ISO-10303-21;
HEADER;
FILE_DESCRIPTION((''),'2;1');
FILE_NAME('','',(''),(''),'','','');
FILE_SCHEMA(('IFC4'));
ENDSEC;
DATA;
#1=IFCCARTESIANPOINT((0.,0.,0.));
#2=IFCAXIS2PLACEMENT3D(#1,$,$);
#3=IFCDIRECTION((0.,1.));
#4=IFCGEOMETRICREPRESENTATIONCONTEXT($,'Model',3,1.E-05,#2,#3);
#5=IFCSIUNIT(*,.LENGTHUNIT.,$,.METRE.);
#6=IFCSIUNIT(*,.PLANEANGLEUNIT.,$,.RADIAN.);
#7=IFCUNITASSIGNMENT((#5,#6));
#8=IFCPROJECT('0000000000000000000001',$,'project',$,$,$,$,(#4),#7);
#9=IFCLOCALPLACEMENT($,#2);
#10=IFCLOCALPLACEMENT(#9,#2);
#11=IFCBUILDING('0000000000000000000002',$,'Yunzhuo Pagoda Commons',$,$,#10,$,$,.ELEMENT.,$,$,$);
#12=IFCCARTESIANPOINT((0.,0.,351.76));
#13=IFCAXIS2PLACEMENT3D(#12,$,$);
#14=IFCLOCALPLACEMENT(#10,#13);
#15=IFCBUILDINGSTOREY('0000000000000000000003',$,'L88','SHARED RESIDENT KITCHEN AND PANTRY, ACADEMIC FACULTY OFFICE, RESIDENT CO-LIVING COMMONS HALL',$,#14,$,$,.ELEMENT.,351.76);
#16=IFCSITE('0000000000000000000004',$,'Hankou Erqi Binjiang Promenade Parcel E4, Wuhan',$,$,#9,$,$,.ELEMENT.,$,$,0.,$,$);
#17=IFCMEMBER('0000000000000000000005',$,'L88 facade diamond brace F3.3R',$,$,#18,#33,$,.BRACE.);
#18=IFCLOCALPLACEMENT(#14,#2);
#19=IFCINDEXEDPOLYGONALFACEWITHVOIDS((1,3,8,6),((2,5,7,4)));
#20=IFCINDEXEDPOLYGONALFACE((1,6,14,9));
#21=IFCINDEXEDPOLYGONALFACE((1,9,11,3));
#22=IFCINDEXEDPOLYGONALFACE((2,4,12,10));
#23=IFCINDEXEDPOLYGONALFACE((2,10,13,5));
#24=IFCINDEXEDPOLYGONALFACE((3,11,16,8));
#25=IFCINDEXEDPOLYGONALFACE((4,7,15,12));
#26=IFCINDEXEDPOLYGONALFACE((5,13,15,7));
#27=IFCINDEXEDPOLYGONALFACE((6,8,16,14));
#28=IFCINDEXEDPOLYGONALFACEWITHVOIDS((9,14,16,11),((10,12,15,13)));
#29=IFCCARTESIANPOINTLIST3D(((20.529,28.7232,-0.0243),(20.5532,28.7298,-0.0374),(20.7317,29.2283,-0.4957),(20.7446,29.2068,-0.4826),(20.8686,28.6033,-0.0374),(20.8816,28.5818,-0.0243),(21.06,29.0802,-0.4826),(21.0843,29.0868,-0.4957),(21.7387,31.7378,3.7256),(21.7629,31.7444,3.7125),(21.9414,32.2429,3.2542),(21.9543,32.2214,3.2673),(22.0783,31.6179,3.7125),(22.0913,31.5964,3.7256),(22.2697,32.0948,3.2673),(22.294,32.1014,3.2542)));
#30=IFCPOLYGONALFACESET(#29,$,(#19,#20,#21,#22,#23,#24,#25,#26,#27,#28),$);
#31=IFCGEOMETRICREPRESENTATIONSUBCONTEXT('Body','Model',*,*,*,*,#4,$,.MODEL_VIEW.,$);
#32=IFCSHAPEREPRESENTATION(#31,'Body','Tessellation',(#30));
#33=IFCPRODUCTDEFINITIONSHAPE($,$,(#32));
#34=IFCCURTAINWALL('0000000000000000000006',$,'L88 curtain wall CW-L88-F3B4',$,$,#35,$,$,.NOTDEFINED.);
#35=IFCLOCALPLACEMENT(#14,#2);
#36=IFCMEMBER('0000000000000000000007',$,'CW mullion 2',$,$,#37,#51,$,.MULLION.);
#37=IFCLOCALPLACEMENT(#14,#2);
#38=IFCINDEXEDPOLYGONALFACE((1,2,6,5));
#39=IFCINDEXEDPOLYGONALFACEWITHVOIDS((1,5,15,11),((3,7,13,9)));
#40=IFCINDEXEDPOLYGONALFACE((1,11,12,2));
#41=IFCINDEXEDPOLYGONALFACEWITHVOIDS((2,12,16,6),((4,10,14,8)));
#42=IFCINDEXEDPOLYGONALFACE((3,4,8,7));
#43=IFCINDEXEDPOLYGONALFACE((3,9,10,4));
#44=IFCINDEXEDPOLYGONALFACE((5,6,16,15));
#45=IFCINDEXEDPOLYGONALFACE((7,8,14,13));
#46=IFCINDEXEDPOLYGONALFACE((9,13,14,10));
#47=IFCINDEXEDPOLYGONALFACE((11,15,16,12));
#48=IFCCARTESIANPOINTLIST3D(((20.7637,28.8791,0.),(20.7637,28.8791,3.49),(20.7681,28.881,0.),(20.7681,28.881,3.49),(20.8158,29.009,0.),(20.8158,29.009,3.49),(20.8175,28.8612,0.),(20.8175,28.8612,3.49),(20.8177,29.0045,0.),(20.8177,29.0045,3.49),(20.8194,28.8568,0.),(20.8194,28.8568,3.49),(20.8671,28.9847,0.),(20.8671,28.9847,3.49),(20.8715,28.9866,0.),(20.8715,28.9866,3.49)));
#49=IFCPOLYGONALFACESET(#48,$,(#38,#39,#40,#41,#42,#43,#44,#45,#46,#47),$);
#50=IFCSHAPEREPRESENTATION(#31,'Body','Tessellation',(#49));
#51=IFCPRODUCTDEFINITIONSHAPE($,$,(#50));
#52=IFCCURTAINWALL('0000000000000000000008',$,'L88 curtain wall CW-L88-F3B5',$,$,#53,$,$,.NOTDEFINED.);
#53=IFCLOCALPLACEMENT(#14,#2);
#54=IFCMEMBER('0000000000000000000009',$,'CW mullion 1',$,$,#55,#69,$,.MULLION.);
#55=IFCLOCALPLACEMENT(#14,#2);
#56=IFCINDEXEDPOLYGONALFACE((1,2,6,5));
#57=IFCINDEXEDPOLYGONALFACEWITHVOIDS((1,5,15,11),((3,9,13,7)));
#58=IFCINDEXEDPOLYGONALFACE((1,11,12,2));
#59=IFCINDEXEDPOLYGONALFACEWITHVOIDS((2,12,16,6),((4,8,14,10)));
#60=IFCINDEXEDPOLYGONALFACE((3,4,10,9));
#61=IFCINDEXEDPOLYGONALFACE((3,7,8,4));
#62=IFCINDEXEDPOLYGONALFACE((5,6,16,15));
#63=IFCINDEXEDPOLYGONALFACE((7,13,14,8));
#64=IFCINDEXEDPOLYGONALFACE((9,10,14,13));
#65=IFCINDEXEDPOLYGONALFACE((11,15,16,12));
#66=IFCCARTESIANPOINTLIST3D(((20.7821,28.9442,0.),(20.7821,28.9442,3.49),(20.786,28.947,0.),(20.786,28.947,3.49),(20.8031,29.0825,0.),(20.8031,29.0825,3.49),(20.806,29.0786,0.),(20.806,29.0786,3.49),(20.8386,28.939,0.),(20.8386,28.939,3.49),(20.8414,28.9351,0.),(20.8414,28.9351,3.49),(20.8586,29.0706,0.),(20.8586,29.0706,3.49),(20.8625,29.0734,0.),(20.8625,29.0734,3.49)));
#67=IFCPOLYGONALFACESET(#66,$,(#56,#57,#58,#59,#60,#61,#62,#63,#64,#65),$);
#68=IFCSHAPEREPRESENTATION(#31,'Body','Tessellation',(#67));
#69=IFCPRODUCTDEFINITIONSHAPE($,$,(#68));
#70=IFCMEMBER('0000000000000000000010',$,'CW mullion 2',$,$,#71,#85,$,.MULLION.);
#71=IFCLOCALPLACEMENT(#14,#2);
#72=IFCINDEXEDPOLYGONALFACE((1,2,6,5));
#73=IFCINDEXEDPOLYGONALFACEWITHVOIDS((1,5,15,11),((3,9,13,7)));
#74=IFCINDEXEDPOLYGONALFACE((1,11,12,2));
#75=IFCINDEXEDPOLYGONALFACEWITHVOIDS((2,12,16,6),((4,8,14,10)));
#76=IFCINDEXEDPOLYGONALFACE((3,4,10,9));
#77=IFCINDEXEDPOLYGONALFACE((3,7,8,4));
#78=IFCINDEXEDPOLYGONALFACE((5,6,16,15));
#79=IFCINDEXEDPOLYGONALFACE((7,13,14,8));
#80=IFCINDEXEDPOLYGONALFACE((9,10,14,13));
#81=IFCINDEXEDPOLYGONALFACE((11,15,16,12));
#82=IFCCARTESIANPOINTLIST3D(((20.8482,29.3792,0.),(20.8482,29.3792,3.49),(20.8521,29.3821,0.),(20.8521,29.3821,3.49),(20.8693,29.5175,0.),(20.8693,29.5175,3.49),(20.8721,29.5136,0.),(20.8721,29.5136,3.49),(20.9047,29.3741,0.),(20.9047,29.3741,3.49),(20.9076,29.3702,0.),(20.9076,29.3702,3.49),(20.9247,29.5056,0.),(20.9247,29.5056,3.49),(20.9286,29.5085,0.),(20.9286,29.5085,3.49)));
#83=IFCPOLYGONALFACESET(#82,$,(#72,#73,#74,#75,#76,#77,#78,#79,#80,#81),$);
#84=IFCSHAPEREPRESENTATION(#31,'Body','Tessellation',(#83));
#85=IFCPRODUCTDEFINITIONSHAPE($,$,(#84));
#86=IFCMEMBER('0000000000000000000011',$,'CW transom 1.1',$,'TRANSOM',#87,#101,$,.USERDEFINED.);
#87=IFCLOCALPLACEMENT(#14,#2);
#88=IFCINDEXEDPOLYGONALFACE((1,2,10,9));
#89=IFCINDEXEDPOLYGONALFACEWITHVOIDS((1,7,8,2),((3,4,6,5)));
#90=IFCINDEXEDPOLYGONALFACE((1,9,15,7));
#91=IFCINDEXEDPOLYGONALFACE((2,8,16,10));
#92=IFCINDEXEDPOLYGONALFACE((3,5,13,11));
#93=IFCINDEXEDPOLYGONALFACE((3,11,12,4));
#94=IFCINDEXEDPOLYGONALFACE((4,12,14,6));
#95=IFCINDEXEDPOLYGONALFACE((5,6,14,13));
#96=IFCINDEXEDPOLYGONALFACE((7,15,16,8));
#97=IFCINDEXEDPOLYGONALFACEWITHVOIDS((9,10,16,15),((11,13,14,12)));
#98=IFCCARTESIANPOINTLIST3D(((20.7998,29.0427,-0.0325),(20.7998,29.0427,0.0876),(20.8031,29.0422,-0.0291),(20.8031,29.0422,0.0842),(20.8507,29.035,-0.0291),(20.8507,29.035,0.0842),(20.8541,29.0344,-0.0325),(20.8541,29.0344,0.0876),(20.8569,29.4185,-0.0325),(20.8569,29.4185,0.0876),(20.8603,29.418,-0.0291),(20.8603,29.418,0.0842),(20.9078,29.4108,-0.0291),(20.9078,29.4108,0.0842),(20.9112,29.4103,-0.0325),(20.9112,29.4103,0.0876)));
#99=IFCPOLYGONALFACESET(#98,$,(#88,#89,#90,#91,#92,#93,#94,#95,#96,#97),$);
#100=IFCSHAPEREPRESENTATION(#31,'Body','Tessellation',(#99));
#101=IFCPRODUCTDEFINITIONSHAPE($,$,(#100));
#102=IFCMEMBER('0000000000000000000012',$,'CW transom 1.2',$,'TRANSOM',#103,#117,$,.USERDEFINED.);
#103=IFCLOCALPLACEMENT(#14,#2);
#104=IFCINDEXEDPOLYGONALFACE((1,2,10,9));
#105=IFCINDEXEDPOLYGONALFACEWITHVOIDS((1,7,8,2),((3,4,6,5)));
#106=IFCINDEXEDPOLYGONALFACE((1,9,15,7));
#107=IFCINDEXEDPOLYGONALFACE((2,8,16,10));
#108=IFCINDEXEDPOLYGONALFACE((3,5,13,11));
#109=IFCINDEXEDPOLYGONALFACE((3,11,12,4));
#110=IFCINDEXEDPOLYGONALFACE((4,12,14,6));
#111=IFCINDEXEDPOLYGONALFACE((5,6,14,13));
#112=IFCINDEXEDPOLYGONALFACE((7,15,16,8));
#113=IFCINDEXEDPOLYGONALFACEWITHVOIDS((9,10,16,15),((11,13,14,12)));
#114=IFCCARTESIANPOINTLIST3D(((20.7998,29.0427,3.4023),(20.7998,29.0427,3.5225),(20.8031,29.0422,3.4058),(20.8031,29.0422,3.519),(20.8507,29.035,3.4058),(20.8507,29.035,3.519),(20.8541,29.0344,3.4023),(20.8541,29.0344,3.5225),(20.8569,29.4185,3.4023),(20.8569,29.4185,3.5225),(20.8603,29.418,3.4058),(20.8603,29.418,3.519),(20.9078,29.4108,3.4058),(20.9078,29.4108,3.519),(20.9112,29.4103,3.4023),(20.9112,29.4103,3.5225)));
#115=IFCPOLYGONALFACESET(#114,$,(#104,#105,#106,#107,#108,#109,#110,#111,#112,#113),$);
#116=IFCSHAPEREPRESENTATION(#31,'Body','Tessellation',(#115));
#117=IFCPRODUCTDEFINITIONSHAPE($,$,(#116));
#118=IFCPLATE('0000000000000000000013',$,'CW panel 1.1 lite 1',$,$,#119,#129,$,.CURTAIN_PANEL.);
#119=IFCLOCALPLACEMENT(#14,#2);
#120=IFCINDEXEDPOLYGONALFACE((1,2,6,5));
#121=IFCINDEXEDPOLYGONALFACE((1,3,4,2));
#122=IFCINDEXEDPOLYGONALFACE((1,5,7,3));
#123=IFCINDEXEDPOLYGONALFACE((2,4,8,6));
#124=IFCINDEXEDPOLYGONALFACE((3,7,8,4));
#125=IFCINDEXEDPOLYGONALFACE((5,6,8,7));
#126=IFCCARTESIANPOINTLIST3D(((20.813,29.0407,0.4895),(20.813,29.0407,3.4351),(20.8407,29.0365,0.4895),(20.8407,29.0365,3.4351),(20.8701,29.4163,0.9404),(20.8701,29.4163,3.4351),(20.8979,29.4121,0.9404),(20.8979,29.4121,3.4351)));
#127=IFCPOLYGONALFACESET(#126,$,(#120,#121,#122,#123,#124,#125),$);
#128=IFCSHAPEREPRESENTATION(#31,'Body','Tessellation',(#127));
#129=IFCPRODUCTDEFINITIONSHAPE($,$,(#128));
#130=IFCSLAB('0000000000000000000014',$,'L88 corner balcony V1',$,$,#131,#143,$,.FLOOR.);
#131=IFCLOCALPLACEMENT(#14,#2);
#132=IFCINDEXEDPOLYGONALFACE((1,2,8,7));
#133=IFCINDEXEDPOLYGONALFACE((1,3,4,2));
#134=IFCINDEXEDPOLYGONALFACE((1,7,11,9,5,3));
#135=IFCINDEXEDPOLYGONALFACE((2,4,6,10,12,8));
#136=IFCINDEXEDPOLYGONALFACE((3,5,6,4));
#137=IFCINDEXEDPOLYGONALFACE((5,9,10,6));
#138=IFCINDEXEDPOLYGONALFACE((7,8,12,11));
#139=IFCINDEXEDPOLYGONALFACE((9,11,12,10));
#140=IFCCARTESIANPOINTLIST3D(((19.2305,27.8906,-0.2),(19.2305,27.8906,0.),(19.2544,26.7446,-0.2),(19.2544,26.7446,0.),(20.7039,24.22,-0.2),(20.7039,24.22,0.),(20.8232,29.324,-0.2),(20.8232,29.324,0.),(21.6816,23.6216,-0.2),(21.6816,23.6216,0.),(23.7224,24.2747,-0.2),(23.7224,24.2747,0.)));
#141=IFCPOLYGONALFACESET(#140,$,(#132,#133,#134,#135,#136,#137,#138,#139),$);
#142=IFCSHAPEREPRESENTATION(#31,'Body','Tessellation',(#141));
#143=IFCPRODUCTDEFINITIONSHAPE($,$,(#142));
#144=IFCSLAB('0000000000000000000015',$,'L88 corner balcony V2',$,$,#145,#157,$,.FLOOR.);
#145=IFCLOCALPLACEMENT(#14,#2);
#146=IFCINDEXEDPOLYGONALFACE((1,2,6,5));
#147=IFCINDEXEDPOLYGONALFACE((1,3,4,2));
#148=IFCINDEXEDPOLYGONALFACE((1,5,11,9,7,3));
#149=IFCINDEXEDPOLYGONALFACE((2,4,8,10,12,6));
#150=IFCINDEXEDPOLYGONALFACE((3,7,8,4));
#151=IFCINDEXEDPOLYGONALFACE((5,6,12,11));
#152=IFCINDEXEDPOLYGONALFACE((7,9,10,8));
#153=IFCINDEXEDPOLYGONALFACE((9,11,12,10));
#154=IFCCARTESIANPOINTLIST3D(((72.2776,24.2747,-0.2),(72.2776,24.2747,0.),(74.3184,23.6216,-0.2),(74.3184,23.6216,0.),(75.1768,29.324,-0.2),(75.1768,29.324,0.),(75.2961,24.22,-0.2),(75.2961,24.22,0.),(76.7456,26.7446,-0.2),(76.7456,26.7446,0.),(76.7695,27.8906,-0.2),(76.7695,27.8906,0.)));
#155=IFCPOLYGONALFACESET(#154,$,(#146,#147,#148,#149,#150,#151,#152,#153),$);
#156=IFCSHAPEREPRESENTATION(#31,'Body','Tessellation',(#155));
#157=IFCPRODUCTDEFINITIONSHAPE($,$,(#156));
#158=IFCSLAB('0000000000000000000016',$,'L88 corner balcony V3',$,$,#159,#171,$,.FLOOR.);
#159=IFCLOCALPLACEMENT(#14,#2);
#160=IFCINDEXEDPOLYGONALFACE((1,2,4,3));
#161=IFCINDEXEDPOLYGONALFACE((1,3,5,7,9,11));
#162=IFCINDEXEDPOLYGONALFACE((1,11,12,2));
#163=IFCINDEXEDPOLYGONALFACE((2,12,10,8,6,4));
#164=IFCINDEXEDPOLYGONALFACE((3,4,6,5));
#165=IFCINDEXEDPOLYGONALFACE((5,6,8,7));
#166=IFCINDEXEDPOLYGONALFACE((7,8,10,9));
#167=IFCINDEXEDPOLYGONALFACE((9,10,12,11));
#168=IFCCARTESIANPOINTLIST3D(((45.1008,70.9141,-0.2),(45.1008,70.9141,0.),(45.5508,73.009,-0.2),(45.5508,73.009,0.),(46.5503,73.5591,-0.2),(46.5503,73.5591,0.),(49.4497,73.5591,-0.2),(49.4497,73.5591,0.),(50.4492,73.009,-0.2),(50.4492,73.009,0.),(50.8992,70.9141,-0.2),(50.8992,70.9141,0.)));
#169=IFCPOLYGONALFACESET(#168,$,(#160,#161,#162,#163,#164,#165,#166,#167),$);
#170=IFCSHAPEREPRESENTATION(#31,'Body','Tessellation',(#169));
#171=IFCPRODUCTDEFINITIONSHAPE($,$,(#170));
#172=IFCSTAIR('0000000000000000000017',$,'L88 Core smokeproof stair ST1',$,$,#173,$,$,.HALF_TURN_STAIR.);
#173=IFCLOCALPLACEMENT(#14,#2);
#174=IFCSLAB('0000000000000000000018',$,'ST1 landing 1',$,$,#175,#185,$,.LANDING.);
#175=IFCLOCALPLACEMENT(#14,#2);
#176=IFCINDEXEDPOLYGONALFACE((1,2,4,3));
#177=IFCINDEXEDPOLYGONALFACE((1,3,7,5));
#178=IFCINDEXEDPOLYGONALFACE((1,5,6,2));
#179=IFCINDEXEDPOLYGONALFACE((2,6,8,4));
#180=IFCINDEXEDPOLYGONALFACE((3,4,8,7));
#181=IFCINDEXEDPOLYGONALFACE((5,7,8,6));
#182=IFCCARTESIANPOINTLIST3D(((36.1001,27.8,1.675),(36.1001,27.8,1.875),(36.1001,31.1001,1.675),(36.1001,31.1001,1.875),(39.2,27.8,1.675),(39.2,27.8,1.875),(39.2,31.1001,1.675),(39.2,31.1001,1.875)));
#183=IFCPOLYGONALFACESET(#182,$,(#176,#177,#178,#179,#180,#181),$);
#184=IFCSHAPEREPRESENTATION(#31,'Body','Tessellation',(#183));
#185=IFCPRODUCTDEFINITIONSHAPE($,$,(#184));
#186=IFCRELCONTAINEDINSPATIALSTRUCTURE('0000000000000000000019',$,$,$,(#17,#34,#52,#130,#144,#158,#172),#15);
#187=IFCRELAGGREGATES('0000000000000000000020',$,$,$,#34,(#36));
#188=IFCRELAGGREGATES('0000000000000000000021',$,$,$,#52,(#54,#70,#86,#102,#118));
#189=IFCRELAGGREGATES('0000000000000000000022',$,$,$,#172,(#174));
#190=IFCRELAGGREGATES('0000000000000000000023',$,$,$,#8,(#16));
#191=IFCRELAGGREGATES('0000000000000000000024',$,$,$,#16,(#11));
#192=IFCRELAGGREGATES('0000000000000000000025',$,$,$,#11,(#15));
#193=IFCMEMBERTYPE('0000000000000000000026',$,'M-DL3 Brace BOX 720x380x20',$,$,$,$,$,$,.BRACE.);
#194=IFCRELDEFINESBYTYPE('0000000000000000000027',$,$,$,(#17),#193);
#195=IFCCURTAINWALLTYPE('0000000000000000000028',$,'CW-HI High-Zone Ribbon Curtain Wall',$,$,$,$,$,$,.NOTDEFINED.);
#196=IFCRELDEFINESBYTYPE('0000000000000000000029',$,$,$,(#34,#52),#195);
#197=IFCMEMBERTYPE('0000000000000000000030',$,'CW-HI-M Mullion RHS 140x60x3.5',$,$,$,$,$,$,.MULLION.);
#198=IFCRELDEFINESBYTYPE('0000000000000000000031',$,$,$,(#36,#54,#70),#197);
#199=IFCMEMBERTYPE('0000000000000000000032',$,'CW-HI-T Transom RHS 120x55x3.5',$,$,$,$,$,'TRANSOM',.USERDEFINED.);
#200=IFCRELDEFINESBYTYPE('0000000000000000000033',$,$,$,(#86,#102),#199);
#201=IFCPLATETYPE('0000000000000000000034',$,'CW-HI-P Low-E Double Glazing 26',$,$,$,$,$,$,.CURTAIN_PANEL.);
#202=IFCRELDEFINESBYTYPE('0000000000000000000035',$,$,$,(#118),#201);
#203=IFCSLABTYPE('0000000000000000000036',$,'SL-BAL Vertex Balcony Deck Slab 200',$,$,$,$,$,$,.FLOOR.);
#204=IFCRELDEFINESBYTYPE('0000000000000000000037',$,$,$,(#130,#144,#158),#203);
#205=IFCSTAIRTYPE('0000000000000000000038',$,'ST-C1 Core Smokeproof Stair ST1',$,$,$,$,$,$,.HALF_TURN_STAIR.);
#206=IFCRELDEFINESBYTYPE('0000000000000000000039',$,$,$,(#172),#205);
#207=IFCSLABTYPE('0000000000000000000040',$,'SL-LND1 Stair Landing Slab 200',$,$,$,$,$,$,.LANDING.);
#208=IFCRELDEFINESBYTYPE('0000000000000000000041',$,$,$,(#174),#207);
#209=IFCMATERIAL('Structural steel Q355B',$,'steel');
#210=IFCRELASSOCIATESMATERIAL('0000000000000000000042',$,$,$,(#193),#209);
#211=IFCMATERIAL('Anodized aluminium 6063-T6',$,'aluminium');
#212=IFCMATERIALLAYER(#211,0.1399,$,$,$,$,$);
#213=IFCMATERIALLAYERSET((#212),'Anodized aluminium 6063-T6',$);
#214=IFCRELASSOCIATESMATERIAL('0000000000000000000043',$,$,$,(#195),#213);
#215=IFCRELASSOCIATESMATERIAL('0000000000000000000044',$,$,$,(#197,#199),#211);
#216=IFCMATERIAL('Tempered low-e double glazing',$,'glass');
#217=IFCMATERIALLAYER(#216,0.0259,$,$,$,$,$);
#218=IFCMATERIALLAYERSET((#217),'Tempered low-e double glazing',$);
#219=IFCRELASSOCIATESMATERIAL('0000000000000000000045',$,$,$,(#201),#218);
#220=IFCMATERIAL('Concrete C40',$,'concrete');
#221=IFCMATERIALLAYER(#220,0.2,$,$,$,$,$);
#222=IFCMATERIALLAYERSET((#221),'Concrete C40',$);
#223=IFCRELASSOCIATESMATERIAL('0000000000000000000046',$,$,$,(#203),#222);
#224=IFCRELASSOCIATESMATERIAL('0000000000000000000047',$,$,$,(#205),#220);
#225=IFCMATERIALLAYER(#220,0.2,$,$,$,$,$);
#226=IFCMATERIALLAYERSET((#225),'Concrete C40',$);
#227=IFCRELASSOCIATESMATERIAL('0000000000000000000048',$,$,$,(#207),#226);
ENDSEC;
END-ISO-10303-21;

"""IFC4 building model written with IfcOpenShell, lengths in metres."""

from ifc_helpers import new_model, si_unit, direction, frame, origin, origin_2d, place, context, subcontext, project, spatial, polyline, hollow_rectangle, outline, extrude, source, transform, mapped, material, layer, layer_set, material_profile, profile_set, type_object, element, aggregate, save


model = new_model("IFC4")

# Units and contexts
model_context = context("Model", 3, precision=1e-05, world=origin(), true_north=direction((0.0, 1.0)))
body_context = subcontext(model_context, "Body", "Model", "MODEL_VIEW")
ifc_project = project(units=[si_unit("LENGTHUNIT", "METRE"), si_unit("PLANEANGLEUNIT", "RADIAN")], contexts=[model_context])

# Site, building, storey
site_placement = place(None, origin())
site = spatial("IfcSite", under=ifc_project, at=site_placement, Name="Hankou Erqi Binjiang Promenade Parcel E4, Wuhan", CompositionType="ELEMENT", RefElevation=0.0)
building_placement = place(site_placement, origin())
building = spatial("IfcBuilding", under=site, at=building_placement, Name="Yunzhuo Pagoda Commons", CompositionType="ELEMENT")
storey_placement = place(building_placement, frame((0.0, 0.0, 351.76)))
storey = spatial("IfcBuildingStorey", under=building, at=storey_placement, Name="L88", Description="SHARED RESIDENT KITCHEN AND PANTRY, ACADEMIC FACULTY OFFICE, RESIDENT CO-LIVING COMMONS HALL", CompositionType="ELEMENT", Elevation=351.76)

# Member
ifc_material_1 = material(Name="Structural steel Q355B", Category="steel")
ifc_material_profile_1 = material_profile(ifc_material_1, hollow_rectangle(XDim=0.3799, YDim=0.72, WallThickness=0.02, at=origin_2d()), Name="Structural steel Q355B")
ifc_profile_set_1 = profile_set([ifc_material_profile_1], Name="Structural steel Q355B")
member_type_1 = type_object("IfcMemberType", Name="M-DL3 Brace BOX 720x380x20", PredefinedType="BRACE", material=ifc_profile_set_1)
shared_shape_1 = source(origin(), body_context, "Body", "SweptSolid", [
    extrude(hollow_rectangle(XDim=0.3799, YDim=0.72, WallThickness=0.02, at=origin_2d()), origin(), (0.0, 0.0, 1.0), 4.9612),
])
member_1_placement = place(storey_placement, frame((20.8066, 28.905, -0.26), z_axis=(0.243833, 0.607639, 0.755858), x_axis=(-0.928067, 0.372414, 0.0)))
element("IfcMember", 1, at=member_1_placement, inside=storey, type_object=member_type_1, Name="L88 facade diamond brace F3.3R", PredefinedType="BRACE", context=body_context, shape_type="MappedRepresentation", body=[
    mapped(shared_shape_1, transform((0.0, 0.0, 0.0), scale=1.0)),
])

# Curtain wall, member
ifc_material_2 = material(Name="Anodized aluminium 6063-T6", Category="aluminium")
ifc_layer_1 = layer(ifc_material_2, 0.1399)
ifc_layer_set_1 = layer_set([ifc_layer_1], Name="Anodized aluminium 6063-T6")
curtain_wall_type = type_object("IfcCurtainWallType", Name="CW-HI High-Zone Ribbon Curtain Wall", PredefinedType="NOTDEFINED", material=ifc_layer_set_1)
curtain_wall_1_placement = place(storey_placement, origin())
curtain_wall_1 = element("IfcCurtainWall", 2, at=curtain_wall_1_placement, inside=storey, type_object=curtain_wall_type, Name="L88 curtain wall CW-L88-F3B4", PredefinedType="NOTDEFINED")
ifc_material_profile_2 = material_profile(ifc_material_2, hollow_rectangle(XDim=0.0601, YDim=0.1399, WallThickness=0.0034, at=origin_2d()), Name="Anodized aluminium 6063-T6")
ifc_profile_set_2 = profile_set([ifc_material_profile_2], Name="Anodized aluminium 6063-T6")
member_type_2 = type_object("IfcMemberType", Name="CW-HI-M Mullion RHS 140x60x3.5", PredefinedType="MULLION", material=ifc_profile_set_2)
shared_shape_2 = source(origin(), body_context, "Body", "SweptSolid", [
    extrude(hollow_rectangle(XDim=0.0601, YDim=0.1399, WallThickness=0.0034, at=origin_2d()), origin(), (0.0, 0.0, 1.0), 3.49),
])
member_2_placement = place(storey_placement, frame((20.8176, 28.9329, 0.0), z_axis=(0.0, 0.0, 1.0), x_axis=(0.928039, -0.372483, 0.0)))
member_2 = element("IfcMember", 3, at=member_2_placement, type_object=member_type_2, Name="CW mullion 2", PredefinedType="MULLION", context=body_context, shape_type="MappedRepresentation", body=[
    mapped(shared_shape_2, transform((0.0, 0.0, 0.0), scale=1.0)),
])
aggregate(curtain_wall_1, [member_2])

# Curtain wall, members, plate
curtain_wall_2_placement = place(storey_placement, origin())
curtain_wall_2 = element("IfcCurtainWall", 4, at=curtain_wall_2_placement, inside=storey, type_object=curtain_wall_type, Name="L88 curtain wall CW-L88-F3B5", PredefinedType="NOTDEFINED")
member_3_placement = place(storey_placement, frame((20.8223, 29.0088, 0.0), z_axis=(0.0, 0.0, 1.0), x_axis=(-0.988629, 0.150374, 0.0)))
member_3 = element("IfcMember", 5, at=member_3_placement, type_object=member_type_2, Name="CW mullion 1", PredefinedType="MULLION", context=body_context, shape_type="MappedRepresentation", body=[
    mapped(shared_shape_2, transform((0.0, 0.0, 0.0), scale=1.0)),
])
member_4_placement = place(storey_placement, frame((20.8884, 29.4438, 0.0), z_axis=(0.0, 0.0, 1.0), x_axis=(-0.988629, 0.150374, 0.0)))
member_4 = element("IfcMember", 6, at=member_4_placement, type_object=member_type_2, Name="CW mullion 2", PredefinedType="MULLION", context=body_context, shape_type="MappedRepresentation", body=[
    mapped(shared_shape_2, transform((0.0, 0.0, 0.0), scale=1.0)),
])
ifc_material_profile_3 = material_profile(ifc_material_2, hollow_rectangle(XDim=0.0549, YDim=0.1201, WallThickness=0.0034, at=origin_2d()), Name="Anodized aluminium 6063-T6")
ifc_profile_set_3 = profile_set([ifc_material_profile_3], Name="Anodized aluminium 6063-T6")
member_type_3 = type_object("IfcMemberType", Name="CW-HI-T Transom RHS 120x55x3.5", ElementType="TRANSOM", PredefinedType="USERDEFINED", material=ifc_profile_set_3)
shared_shape_3 = source(origin(), body_context, "Body", "SweptSolid", [
    extrude(hollow_rectangle(XDim=0.0549, YDim=0.1201, WallThickness=0.0034, at=origin_2d()), origin(), (0.0, 0.0, 1.0), 0.3801),
])
member_5_placement = place(storey_placement, frame((20.8269, 29.0386, 0.0276), z_axis=(0.150319, 0.988638, 0.0), x_axis=(-0.988638, 0.150319, 0.0)))
member_5 = element("IfcMember", 7, at=member_5_placement, type_object=member_type_3, Name="CW transom 1.1", ObjectType="TRANSOM", PredefinedType="USERDEFINED", context=body_context, shape_type="MappedRepresentation", body=[
    mapped(shared_shape_3, transform((0.0, 0.0, 0.0), scale=1.0)),
])
member_6_placement = place(storey_placement, frame((20.8269, 29.0386, 3.4624), z_axis=(0.150319, 0.988638, 0.0), x_axis=(-0.988638, 0.150319, 0.0)))
member_6 = element("IfcMember", 8, at=member_6_placement, type_object=member_type_3, Name="CW transom 1.2", ObjectType="TRANSOM", PredefinedType="USERDEFINED", context=body_context, shape_type="MappedRepresentation", body=[
    mapped(shared_shape_3, transform((0.0, 0.0, 0.0), scale=1.0)),
])
ifc_material_3 = material(Name="Tempered low-e double glazing", Category="glass")
ifc_layer_2 = layer(ifc_material_3, 0.0259)
ifc_layer_set_2 = layer_set([ifc_layer_2], Name="Tempered low-e double glazing")
plate_type_1 = type_object("IfcPlateType", Name="CW-HI-P Low-E Double Glazing 26", PredefinedType="CURTAIN_PANEL", material=ifc_layer_set_2)
plate_1_placement = place(storey_placement, frame((20.8416, 29.2285, 1.9624), z_axis=(0.988629, -0.150374, 0.0), x_axis=(0.150374, 0.988629, 0.0)))
plate_1 = element("IfcPlate", 9, at=plate_1_placement, type_object=plate_type_1, Name="CW panel 1.1 lite 1", PredefinedType="CURTAIN_PANEL", context=body_context, shape_type="SweptSolid", body=[
    extrude(outline(polyline([(-0.1899, -1.4729), (0.1899, -1.022), (0.1899, 1.4727), (-0.1899, 1.4727), (-0.1899, -1.4729)])), origin(), (0.0, 0.0, 1.0), 0.0281),
])
aggregate(curtain_wall_2, [member_3, member_4, member_5, member_6, plate_1])

# Slabs
ifc_material_4 = material(Name="Concrete C40", Category="concrete")
ifc_layer_3 = layer(ifc_material_4, 0.2)
ifc_layer_set_3 = layer_set([ifc_layer_3], Name="Concrete C40")
slab_type_1 = type_object("IfcSlabType", Name="SL-BAL Vertex Balcony Deck Slab 200", PredefinedType="FLOOR", material=ifc_layer_set_3)
slab_1_placement = place(storey_placement, frame((0.0, 0.0, -0.2)))
element("IfcSlab", 10, at=slab_1_placement, inside=storey, type_object=slab_type_1, Name="L88 corner balcony V1", PredefinedType="FLOOR", context=body_context, shape_type="SweptSolid", body=[
    extrude(outline(polyline([(20.8232, 29.324), (23.7224, 24.2747), (21.6816, 23.6216), (20.7039, 24.22), (19.2544, 26.7446), (19.2305, 27.8906), (20.8232, 29.324)])), origin(), (0.0, 0.0, 1.0), 0.2),
])
slab_2_placement = place(storey_placement, frame((0.0, 0.0, -0.2)))
element("IfcSlab", 11, at=slab_2_placement, inside=storey, type_object=slab_type_1, Name="L88 corner balcony V2", PredefinedType="FLOOR", context=body_context, shape_type="SweptSolid", body=[
    extrude(outline(polyline([(72.2776, 24.2747), (75.1768, 29.324), (76.7695, 27.8906), (76.7456, 26.7446), (75.2961, 24.22), (74.3184, 23.6216), (72.2776, 24.2747)])), origin(), (0.0, 0.0, 1.0), 0.2),
])
slab_3_placement = place(storey_placement, frame((0.0, 0.0, -0.2)))
element("IfcSlab", 12, at=slab_3_placement, inside=storey, type_object=slab_type_1, Name="L88 corner balcony V3", PredefinedType="FLOOR", context=body_context, shape_type="SweptSolid", body=[
    extrude(outline(polyline([(50.8992, 70.9141), (45.1008, 70.9141), (45.5508, 73.009), (46.5503, 73.5591), (49.4497, 73.5591), (50.4492, 73.009), (50.8992, 70.9141)])), origin(), (0.0, 0.0, 1.0), 0.2),
])

# Stair, slab
stair_type_1 = type_object("IfcStairType", Name="ST-C1 Core Smokeproof Stair ST1", PredefinedType="HALF_TURN_STAIR", material=ifc_material_4)
stair_1_placement = place(storey_placement, origin())
stair_1 = element("IfcStair", 13, at=stair_1_placement, inside=storey, type_object=stair_type_1, Name="L88 Core smokeproof stair ST1", PredefinedType="HALF_TURN_STAIR")
ifc_layer_4 = layer(ifc_material_4, 0.2)
ifc_layer_set_4 = layer_set([ifc_layer_4], Name="Concrete C40")
slab_type_2 = type_object("IfcSlabType", Name="SL-LND1 Stair Landing Slab 200", PredefinedType="LANDING", material=ifc_layer_set_4)
slab_4_placement = place(storey_placement, frame((0.0, 0.0, 1.675)))
slab_4 = element("IfcSlab", 14, at=slab_4_placement, type_object=slab_type_2, Name="ST1 landing 1", PredefinedType="LANDING", context=body_context, shape_type="SweptSolid", body=[
    extrude(outline(polyline([(36.1001, 31.1001), (36.1001, 27.8), (39.2, 27.8), (39.2, 31.1001), (36.1001, 31.1001)])), origin(), (0.0, 0.0, 1.0), 0.2),
])
aggregate(stair_1, [slab_4])

save(model, "model.ifc")
